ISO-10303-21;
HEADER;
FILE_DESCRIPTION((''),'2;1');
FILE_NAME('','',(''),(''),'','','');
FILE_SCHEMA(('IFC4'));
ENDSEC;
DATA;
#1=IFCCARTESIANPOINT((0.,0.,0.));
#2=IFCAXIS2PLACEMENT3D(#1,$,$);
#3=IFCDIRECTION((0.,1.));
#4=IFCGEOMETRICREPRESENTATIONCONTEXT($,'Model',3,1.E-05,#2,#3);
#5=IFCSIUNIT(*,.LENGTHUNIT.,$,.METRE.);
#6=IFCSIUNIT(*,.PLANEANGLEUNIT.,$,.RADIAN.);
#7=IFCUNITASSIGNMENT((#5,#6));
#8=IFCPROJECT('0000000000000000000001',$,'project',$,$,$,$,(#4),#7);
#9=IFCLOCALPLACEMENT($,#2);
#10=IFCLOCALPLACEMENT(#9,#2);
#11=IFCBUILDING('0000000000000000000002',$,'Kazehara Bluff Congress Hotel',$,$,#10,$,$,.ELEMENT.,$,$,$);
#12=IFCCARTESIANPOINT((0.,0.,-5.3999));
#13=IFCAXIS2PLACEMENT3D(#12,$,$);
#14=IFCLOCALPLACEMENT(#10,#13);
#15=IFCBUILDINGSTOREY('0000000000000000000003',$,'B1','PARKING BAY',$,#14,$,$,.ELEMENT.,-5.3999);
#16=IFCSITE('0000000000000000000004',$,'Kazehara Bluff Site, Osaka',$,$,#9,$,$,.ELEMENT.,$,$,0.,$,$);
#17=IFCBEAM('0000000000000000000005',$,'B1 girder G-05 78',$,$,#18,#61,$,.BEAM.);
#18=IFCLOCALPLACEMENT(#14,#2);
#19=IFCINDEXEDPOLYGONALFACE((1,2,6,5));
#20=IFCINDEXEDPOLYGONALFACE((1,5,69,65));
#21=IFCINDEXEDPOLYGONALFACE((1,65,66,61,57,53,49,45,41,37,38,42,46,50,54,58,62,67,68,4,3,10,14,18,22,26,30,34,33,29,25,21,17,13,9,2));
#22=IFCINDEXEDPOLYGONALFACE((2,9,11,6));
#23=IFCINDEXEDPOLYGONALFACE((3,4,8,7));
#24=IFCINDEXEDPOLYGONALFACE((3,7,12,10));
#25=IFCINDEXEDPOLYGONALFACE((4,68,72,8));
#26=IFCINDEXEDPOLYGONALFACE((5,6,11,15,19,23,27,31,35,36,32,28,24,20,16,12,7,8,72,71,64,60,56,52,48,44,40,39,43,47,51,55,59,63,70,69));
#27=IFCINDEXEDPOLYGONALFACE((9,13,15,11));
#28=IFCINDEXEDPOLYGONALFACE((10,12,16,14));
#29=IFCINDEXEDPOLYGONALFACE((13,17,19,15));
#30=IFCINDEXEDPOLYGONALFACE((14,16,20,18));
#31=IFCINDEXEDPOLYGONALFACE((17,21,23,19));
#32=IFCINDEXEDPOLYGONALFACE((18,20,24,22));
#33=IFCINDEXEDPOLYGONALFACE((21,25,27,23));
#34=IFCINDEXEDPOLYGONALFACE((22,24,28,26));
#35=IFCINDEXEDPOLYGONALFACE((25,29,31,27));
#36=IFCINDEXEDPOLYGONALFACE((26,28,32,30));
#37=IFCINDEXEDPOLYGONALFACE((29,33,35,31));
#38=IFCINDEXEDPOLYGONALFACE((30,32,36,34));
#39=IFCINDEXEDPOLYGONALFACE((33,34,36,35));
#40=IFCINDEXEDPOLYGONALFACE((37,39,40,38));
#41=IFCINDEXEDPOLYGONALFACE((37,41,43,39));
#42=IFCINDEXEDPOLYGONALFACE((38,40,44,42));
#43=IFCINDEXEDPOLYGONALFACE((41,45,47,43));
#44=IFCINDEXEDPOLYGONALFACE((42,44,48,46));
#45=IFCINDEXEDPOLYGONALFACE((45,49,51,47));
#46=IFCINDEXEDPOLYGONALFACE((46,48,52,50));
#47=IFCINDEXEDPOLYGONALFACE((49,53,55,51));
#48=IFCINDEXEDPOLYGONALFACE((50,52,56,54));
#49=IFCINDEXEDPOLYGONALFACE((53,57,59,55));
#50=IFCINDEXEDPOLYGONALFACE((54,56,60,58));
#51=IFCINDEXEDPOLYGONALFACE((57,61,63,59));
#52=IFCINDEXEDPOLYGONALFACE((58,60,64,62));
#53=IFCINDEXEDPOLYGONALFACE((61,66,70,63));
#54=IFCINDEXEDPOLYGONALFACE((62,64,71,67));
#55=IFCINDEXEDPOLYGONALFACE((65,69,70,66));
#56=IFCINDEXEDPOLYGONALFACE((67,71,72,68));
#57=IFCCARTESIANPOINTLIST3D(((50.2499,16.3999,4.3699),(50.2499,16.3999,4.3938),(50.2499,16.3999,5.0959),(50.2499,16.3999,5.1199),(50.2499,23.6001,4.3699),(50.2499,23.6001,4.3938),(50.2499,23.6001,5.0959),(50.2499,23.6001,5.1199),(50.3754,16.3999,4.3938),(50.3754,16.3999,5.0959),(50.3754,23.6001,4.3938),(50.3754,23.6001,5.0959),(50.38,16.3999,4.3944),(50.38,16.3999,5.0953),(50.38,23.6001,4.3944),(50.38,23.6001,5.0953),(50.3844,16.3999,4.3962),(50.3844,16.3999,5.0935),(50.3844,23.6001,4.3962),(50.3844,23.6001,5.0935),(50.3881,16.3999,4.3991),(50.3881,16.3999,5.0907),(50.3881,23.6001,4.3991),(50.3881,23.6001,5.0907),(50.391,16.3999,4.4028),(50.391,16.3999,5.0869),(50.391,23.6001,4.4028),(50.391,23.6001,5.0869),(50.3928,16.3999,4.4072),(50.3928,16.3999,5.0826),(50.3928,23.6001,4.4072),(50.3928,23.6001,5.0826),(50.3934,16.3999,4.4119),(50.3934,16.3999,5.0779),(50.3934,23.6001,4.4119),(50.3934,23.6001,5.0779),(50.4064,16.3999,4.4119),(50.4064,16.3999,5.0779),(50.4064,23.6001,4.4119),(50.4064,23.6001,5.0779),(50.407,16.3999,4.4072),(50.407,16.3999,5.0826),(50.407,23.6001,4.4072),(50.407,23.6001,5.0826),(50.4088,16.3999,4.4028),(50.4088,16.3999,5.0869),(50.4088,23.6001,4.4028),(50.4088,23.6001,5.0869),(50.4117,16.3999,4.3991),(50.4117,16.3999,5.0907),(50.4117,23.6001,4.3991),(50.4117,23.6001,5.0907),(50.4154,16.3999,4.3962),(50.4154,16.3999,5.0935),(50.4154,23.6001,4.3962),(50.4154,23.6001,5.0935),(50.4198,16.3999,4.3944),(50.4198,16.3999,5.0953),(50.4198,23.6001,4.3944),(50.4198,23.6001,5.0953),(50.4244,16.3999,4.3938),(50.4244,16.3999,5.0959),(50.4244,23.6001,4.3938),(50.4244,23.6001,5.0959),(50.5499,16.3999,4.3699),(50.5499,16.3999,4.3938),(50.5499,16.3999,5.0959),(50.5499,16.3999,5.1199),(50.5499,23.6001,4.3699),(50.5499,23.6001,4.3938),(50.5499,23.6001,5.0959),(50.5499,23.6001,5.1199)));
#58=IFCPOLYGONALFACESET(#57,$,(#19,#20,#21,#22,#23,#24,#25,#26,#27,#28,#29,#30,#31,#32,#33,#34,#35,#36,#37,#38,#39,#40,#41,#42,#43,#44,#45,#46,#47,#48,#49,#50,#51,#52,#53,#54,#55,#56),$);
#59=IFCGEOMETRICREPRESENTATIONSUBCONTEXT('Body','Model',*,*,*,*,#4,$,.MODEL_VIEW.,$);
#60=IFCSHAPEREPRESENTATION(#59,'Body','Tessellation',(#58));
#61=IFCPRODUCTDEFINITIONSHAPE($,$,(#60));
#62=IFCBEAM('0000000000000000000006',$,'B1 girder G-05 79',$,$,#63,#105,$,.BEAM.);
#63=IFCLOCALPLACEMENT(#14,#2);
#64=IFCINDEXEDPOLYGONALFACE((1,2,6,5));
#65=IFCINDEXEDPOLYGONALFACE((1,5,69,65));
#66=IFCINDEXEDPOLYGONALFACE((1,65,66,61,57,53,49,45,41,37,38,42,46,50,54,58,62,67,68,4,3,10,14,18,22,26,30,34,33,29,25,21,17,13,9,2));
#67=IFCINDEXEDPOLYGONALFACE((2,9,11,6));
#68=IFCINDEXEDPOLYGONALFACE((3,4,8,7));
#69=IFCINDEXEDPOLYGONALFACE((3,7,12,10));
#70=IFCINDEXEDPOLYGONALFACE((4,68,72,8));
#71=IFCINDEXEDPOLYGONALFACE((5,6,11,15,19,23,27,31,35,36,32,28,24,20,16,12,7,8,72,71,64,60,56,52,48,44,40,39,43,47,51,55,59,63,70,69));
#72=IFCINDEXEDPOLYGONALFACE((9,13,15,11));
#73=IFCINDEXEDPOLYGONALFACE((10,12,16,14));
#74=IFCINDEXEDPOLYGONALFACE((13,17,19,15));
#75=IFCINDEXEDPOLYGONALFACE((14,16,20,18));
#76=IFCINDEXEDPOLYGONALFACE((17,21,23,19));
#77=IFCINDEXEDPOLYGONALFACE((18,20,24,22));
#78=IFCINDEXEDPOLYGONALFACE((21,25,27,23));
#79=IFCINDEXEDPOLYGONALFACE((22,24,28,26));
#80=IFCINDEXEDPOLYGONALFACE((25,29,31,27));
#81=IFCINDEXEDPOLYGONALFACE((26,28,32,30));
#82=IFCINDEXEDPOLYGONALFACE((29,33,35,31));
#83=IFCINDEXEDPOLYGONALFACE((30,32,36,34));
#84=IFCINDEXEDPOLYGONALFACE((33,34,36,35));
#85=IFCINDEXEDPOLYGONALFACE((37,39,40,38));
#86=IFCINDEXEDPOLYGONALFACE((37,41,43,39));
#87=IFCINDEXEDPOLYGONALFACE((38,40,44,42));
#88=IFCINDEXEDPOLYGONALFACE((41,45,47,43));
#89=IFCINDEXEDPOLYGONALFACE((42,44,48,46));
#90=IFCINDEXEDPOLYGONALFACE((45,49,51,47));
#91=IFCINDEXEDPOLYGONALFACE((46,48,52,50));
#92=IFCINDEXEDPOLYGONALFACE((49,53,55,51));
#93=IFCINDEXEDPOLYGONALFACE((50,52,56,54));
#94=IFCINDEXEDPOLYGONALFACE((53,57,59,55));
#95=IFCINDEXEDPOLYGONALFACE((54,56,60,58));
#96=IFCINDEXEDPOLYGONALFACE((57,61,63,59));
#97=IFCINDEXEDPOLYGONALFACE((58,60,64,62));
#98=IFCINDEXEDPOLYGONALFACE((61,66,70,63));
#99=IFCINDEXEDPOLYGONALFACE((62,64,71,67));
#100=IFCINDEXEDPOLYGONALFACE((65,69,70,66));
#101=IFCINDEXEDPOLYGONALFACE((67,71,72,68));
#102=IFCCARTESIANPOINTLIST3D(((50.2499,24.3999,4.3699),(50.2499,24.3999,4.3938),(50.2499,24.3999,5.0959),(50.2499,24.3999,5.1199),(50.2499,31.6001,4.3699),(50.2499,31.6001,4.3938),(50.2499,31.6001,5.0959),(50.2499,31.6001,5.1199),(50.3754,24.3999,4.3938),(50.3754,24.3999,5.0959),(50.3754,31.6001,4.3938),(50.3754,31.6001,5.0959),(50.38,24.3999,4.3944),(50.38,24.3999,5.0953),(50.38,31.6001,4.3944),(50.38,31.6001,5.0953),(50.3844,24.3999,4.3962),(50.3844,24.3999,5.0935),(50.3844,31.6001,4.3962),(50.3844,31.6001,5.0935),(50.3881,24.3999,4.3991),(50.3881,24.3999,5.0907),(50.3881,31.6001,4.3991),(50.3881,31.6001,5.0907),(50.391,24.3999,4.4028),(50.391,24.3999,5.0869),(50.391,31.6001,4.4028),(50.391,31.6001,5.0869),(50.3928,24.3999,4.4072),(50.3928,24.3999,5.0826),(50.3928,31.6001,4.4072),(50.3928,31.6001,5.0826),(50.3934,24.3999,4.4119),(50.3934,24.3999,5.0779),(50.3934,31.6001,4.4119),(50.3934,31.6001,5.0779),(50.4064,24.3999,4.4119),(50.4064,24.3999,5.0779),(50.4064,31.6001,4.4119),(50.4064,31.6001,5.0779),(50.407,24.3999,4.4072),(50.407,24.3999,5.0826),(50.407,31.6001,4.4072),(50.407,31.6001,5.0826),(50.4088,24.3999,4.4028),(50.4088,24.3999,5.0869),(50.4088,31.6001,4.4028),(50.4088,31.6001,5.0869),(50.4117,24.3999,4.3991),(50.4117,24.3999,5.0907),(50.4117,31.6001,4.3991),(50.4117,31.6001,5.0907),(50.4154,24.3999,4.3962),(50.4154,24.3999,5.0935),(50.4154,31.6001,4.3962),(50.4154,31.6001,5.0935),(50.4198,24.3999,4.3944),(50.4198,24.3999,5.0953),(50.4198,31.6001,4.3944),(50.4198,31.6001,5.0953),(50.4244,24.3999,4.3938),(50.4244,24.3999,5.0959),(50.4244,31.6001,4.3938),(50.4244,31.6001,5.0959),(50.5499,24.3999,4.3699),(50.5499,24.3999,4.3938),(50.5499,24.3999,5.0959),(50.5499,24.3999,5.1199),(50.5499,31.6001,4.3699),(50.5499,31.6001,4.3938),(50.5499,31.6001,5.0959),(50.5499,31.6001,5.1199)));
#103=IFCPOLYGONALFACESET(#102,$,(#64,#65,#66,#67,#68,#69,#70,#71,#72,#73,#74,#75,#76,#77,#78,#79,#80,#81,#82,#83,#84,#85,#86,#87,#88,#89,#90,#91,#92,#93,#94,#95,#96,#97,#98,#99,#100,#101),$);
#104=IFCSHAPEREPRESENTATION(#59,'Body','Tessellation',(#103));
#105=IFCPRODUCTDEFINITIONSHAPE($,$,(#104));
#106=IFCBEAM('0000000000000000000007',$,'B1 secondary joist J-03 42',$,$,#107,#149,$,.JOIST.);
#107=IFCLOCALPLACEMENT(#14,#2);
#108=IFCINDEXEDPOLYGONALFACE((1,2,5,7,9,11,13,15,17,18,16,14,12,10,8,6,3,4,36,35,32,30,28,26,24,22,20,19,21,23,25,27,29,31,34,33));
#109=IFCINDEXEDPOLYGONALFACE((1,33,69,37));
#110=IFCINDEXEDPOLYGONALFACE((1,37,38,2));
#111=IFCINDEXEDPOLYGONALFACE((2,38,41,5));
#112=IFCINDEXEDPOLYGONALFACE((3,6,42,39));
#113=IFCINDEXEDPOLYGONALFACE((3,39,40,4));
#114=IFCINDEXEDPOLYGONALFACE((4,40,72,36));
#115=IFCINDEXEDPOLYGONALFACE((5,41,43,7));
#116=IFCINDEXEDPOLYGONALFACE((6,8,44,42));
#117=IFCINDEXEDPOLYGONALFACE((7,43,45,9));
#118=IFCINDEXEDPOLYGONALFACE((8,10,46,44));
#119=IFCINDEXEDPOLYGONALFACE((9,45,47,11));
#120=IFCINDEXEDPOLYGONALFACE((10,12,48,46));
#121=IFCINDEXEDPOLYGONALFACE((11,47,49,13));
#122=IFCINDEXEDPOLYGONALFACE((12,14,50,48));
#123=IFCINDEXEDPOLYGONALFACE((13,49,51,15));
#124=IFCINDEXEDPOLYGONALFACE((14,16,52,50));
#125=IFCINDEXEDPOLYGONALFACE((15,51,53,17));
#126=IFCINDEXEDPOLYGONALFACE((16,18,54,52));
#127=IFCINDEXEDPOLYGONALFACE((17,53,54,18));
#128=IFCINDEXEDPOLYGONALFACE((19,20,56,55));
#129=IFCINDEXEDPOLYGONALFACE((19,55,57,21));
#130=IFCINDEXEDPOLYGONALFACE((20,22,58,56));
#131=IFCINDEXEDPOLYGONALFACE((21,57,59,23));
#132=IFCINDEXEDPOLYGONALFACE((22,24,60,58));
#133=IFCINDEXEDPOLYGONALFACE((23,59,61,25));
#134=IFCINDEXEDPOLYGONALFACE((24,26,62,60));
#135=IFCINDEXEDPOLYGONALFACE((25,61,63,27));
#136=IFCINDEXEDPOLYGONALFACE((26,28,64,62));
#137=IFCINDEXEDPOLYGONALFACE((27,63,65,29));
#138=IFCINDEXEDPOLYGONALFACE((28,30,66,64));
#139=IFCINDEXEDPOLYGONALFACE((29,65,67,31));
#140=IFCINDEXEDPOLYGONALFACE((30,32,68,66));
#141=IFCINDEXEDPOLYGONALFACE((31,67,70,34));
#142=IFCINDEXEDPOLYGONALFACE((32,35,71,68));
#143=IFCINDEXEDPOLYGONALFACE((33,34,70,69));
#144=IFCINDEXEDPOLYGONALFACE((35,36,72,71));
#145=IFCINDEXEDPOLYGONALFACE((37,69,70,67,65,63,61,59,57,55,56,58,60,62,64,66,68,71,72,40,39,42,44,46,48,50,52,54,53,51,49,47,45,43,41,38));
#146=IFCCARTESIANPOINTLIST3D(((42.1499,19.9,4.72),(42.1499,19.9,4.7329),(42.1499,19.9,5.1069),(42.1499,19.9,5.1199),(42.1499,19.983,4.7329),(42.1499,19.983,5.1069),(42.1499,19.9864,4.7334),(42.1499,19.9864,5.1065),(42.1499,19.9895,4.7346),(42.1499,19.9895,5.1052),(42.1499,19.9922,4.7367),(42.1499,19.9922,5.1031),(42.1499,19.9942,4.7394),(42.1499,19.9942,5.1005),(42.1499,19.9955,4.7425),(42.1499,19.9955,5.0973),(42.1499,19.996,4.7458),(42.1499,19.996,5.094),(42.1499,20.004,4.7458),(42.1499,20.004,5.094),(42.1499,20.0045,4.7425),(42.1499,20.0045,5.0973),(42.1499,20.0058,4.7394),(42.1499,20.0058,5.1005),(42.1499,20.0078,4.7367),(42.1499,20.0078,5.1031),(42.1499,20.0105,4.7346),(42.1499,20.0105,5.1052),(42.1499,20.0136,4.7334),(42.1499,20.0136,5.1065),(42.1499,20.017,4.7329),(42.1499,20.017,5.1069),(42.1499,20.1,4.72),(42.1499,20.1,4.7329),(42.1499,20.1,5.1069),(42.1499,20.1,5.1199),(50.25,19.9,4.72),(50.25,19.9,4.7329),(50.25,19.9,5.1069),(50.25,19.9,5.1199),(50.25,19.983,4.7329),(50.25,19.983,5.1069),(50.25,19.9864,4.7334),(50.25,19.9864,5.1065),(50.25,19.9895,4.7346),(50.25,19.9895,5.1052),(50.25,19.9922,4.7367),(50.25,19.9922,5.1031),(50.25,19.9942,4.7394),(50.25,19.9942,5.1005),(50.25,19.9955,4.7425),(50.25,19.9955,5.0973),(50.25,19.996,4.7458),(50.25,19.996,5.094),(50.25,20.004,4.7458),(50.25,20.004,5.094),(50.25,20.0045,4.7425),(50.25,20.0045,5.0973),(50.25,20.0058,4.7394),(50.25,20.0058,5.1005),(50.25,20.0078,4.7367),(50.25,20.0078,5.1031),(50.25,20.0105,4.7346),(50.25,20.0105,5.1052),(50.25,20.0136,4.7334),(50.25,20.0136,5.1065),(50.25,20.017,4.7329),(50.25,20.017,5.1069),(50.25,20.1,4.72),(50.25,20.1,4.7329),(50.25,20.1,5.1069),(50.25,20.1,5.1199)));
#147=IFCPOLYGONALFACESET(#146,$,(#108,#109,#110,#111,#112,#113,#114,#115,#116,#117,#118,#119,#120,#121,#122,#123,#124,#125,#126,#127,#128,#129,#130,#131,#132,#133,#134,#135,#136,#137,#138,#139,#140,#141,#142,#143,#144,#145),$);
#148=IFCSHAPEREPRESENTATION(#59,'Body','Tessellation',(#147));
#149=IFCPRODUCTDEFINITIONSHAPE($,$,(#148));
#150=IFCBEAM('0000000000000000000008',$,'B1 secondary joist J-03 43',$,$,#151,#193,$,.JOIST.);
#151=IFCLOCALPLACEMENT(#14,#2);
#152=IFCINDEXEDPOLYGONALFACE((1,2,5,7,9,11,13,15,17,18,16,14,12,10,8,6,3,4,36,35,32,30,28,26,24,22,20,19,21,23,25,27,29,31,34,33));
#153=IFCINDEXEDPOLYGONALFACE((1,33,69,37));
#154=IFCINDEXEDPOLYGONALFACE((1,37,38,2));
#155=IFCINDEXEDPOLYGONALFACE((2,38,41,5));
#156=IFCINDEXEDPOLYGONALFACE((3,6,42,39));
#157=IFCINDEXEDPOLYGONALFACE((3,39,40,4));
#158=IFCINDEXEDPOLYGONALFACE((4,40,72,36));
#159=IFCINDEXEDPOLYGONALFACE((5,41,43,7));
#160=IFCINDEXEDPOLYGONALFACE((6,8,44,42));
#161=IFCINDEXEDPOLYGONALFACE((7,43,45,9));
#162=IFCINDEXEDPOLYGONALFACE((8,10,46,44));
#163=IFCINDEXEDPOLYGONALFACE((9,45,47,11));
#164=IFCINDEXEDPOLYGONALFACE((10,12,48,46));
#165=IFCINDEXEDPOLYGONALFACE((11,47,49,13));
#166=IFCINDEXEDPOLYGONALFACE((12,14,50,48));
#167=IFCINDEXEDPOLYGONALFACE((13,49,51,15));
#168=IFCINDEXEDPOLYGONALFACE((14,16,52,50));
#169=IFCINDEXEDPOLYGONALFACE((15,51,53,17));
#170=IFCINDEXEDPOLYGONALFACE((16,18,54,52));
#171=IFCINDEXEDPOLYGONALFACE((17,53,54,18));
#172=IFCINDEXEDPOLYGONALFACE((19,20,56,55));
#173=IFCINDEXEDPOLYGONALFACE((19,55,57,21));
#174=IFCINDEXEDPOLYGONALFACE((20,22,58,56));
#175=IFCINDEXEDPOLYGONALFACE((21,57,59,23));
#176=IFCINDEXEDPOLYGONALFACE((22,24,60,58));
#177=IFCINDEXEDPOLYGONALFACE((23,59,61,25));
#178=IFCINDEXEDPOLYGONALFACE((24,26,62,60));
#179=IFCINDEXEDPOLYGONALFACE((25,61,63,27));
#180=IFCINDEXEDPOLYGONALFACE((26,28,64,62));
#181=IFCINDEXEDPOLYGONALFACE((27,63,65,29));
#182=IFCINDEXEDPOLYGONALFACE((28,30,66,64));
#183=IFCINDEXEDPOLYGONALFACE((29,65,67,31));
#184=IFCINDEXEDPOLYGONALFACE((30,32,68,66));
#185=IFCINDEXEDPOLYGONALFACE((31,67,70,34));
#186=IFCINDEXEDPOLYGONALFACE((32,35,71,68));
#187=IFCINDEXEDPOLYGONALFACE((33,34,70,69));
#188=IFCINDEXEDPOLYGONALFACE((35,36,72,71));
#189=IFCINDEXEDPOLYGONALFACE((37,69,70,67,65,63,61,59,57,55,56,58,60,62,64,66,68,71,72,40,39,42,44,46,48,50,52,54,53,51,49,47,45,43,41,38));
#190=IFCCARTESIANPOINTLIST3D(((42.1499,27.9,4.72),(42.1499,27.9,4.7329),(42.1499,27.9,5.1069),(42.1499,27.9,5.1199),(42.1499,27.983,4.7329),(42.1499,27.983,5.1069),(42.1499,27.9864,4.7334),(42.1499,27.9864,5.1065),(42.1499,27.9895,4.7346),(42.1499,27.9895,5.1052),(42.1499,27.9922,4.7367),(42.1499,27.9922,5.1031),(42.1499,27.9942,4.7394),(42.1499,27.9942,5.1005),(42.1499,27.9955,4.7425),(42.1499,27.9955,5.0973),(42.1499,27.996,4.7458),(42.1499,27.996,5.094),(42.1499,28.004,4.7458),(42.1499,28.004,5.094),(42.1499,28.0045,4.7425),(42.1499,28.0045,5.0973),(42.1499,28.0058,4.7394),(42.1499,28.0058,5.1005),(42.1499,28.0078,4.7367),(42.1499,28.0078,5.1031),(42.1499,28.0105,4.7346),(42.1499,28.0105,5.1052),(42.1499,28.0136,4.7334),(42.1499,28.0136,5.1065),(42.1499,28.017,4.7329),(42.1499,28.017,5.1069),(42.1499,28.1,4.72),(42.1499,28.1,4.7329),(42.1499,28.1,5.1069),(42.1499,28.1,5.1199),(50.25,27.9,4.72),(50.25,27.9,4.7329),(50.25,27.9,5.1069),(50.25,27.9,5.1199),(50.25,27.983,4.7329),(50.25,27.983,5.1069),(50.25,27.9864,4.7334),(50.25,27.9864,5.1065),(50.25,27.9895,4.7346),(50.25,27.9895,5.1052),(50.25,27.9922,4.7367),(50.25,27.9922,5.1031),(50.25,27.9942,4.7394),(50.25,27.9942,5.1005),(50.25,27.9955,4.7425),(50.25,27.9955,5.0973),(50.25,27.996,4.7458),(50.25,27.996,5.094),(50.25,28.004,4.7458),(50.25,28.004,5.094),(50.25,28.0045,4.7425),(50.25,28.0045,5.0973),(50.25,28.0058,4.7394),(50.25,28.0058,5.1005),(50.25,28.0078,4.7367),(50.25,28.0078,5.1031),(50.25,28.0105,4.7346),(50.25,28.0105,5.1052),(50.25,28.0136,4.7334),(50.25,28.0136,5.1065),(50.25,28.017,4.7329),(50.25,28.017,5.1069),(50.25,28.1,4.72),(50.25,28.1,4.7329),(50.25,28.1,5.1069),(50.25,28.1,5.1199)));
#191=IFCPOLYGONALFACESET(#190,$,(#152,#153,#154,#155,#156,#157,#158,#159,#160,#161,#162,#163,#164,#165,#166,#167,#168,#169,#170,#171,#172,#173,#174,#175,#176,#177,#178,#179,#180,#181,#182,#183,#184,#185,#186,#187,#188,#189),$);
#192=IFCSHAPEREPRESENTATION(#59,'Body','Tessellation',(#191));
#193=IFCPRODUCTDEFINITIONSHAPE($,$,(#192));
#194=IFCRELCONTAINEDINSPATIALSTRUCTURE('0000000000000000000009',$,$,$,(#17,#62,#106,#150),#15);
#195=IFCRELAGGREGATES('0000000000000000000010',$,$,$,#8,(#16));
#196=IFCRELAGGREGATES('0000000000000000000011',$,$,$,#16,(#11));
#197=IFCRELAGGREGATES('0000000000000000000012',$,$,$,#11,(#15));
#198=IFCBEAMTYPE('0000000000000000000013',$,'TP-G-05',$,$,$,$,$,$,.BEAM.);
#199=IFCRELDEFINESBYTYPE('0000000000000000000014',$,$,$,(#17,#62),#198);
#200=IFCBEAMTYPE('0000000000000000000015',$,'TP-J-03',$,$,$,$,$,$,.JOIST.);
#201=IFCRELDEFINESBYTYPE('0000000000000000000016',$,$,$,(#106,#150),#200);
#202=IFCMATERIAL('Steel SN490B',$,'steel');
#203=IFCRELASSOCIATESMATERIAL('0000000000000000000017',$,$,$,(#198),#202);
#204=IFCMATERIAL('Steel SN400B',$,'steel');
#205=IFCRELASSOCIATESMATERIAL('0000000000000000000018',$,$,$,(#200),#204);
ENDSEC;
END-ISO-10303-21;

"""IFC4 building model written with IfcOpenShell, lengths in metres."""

from ifc_helpers import new_model, si_unit, direction, frame, origin, origin_2d, place, context, subcontext, project, spatial, i_section, extrude, material, material_profile, profile_set, type_object, element, save


model = new_model("IFC4")

# Units and contexts
model_context = context("Model", 3, precision=1e-05, world=origin(), true_north=direction((0.0, 1.0)))
body_context = subcontext(model_context, "Body", "Model", "MODEL_VIEW")
ifc_project = project(units=[si_unit("LENGTHUNIT", "METRE"), si_unit("PLANEANGLEUNIT", "RADIAN")], contexts=[model_context])

# Site, building, storey
site_placement = place(None, origin())
site = spatial("IfcSite", under=ifc_project, at=site_placement, Name="Kazehara Bluff Site, Osaka", CompositionType="ELEMENT", RefElevation=0.0)
building_placement = place(site_placement, origin())
building = spatial("IfcBuilding", under=site, at=building_placement, Name="Kazehara Bluff Congress Hotel", CompositionType="ELEMENT")
storey_placement = place(building_placement, frame((0.0, 0.0, -5.3999)))
storey = spatial("IfcBuildingStorey", under=building, at=storey_placement, Name="B1", Description="PARKING BAY", CompositionType="ELEMENT", Elevation=-5.3999)

# Beams
ifc_material_1 = material(Name="Steel SN490B", Category="steel")
ifc_material_profile_1 = material_profile(ifc_material_1, i_section(OverallWidth=0.3, OverallDepth=0.75, WebThickness=0.0129, FlangeThickness=0.0239, FilletRadius=0.0181, at=origin_2d()))
ifc_profile_set_1 = profile_set([ifc_material_profile_1], Name="Steel SN490B")
beam_type_1 = type_object("IfcBeamType", Name="TP-G-05", PredefinedType="BEAM", material=ifc_profile_set_1)
for number, where, z_axis, x_axis, name in (
    (1, (50.3999, 16.3999, 4.7449), (0.0, 1.0, 0.0), (-1.0, 0.0, 0.0), "B1 girder G-05 78"),
    (2, (50.3999, 24.3999, 4.7449), (0.0, 1.0, 0.0), (-1.0, 0.0, 0.0), "B1 girder G-05 79"),
):
    element("IfcBeam", number, at=place(storey_placement, frame(where, z_axis=z_axis, x_axis=x_axis)), inside=storey, type_object=beam_type_1, Name=name, PredefinedType="BEAM", context=body_context, shape_type="SweptSolid", body=[
        extrude(i_section(OverallWidth=0.3, OverallDepth=0.75, WebThickness=0.0129, FlangeThickness=0.0239, FilletRadius=0.0181, at=origin_2d()), origin(), (0.0, 0.0, 1.0), 7.2002),
    ])
ifc_material_2 = material(Name="Steel SN400B", Category="steel")
ifc_material_profile_2 = material_profile(ifc_material_2, i_section(OverallWidth=0.2, OverallDepth=0.3999, WebThickness=0.0081, FlangeThickness=0.0129, FilletRadius=0.0129, at=origin_2d()))
ifc_profile_set_2 = profile_set([ifc_material_profile_2], Name="Steel SN400B")
beam_type_2 = type_object("IfcBeamType", Name="TP-J-03", PredefinedType="JOIST", material=ifc_profile_set_2)
for number, where, z_axis, x_axis, name in (
    (3, (42.1499, 20.0, 4.9199), (1.0, 0.0, 0.0), (0.0, 1.0, 0.0), "B1 secondary joist J-03 42"),
    (4, (42.1499, 28.0, 4.9199), (1.0, 0.0, 0.0), (0.0, 1.0, 0.0), "B1 secondary joist J-03 43"),
):
    element("IfcBeam", number, at=place(storey_placement, frame(where, z_axis=z_axis, x_axis=x_axis)), inside=storey, type_object=beam_type_2, Name=name, PredefinedType="JOIST", context=body_context, shape_type="SweptSolid", body=[
        extrude(i_section(OverallWidth=0.2, OverallDepth=0.3999, WebThickness=0.0081, FlangeThickness=0.0129, FilletRadius=0.0129, at=origin_2d()), origin(), (0.0, 0.0, 1.0), 8.1001),
    ])

save(model, "model.ifc")
